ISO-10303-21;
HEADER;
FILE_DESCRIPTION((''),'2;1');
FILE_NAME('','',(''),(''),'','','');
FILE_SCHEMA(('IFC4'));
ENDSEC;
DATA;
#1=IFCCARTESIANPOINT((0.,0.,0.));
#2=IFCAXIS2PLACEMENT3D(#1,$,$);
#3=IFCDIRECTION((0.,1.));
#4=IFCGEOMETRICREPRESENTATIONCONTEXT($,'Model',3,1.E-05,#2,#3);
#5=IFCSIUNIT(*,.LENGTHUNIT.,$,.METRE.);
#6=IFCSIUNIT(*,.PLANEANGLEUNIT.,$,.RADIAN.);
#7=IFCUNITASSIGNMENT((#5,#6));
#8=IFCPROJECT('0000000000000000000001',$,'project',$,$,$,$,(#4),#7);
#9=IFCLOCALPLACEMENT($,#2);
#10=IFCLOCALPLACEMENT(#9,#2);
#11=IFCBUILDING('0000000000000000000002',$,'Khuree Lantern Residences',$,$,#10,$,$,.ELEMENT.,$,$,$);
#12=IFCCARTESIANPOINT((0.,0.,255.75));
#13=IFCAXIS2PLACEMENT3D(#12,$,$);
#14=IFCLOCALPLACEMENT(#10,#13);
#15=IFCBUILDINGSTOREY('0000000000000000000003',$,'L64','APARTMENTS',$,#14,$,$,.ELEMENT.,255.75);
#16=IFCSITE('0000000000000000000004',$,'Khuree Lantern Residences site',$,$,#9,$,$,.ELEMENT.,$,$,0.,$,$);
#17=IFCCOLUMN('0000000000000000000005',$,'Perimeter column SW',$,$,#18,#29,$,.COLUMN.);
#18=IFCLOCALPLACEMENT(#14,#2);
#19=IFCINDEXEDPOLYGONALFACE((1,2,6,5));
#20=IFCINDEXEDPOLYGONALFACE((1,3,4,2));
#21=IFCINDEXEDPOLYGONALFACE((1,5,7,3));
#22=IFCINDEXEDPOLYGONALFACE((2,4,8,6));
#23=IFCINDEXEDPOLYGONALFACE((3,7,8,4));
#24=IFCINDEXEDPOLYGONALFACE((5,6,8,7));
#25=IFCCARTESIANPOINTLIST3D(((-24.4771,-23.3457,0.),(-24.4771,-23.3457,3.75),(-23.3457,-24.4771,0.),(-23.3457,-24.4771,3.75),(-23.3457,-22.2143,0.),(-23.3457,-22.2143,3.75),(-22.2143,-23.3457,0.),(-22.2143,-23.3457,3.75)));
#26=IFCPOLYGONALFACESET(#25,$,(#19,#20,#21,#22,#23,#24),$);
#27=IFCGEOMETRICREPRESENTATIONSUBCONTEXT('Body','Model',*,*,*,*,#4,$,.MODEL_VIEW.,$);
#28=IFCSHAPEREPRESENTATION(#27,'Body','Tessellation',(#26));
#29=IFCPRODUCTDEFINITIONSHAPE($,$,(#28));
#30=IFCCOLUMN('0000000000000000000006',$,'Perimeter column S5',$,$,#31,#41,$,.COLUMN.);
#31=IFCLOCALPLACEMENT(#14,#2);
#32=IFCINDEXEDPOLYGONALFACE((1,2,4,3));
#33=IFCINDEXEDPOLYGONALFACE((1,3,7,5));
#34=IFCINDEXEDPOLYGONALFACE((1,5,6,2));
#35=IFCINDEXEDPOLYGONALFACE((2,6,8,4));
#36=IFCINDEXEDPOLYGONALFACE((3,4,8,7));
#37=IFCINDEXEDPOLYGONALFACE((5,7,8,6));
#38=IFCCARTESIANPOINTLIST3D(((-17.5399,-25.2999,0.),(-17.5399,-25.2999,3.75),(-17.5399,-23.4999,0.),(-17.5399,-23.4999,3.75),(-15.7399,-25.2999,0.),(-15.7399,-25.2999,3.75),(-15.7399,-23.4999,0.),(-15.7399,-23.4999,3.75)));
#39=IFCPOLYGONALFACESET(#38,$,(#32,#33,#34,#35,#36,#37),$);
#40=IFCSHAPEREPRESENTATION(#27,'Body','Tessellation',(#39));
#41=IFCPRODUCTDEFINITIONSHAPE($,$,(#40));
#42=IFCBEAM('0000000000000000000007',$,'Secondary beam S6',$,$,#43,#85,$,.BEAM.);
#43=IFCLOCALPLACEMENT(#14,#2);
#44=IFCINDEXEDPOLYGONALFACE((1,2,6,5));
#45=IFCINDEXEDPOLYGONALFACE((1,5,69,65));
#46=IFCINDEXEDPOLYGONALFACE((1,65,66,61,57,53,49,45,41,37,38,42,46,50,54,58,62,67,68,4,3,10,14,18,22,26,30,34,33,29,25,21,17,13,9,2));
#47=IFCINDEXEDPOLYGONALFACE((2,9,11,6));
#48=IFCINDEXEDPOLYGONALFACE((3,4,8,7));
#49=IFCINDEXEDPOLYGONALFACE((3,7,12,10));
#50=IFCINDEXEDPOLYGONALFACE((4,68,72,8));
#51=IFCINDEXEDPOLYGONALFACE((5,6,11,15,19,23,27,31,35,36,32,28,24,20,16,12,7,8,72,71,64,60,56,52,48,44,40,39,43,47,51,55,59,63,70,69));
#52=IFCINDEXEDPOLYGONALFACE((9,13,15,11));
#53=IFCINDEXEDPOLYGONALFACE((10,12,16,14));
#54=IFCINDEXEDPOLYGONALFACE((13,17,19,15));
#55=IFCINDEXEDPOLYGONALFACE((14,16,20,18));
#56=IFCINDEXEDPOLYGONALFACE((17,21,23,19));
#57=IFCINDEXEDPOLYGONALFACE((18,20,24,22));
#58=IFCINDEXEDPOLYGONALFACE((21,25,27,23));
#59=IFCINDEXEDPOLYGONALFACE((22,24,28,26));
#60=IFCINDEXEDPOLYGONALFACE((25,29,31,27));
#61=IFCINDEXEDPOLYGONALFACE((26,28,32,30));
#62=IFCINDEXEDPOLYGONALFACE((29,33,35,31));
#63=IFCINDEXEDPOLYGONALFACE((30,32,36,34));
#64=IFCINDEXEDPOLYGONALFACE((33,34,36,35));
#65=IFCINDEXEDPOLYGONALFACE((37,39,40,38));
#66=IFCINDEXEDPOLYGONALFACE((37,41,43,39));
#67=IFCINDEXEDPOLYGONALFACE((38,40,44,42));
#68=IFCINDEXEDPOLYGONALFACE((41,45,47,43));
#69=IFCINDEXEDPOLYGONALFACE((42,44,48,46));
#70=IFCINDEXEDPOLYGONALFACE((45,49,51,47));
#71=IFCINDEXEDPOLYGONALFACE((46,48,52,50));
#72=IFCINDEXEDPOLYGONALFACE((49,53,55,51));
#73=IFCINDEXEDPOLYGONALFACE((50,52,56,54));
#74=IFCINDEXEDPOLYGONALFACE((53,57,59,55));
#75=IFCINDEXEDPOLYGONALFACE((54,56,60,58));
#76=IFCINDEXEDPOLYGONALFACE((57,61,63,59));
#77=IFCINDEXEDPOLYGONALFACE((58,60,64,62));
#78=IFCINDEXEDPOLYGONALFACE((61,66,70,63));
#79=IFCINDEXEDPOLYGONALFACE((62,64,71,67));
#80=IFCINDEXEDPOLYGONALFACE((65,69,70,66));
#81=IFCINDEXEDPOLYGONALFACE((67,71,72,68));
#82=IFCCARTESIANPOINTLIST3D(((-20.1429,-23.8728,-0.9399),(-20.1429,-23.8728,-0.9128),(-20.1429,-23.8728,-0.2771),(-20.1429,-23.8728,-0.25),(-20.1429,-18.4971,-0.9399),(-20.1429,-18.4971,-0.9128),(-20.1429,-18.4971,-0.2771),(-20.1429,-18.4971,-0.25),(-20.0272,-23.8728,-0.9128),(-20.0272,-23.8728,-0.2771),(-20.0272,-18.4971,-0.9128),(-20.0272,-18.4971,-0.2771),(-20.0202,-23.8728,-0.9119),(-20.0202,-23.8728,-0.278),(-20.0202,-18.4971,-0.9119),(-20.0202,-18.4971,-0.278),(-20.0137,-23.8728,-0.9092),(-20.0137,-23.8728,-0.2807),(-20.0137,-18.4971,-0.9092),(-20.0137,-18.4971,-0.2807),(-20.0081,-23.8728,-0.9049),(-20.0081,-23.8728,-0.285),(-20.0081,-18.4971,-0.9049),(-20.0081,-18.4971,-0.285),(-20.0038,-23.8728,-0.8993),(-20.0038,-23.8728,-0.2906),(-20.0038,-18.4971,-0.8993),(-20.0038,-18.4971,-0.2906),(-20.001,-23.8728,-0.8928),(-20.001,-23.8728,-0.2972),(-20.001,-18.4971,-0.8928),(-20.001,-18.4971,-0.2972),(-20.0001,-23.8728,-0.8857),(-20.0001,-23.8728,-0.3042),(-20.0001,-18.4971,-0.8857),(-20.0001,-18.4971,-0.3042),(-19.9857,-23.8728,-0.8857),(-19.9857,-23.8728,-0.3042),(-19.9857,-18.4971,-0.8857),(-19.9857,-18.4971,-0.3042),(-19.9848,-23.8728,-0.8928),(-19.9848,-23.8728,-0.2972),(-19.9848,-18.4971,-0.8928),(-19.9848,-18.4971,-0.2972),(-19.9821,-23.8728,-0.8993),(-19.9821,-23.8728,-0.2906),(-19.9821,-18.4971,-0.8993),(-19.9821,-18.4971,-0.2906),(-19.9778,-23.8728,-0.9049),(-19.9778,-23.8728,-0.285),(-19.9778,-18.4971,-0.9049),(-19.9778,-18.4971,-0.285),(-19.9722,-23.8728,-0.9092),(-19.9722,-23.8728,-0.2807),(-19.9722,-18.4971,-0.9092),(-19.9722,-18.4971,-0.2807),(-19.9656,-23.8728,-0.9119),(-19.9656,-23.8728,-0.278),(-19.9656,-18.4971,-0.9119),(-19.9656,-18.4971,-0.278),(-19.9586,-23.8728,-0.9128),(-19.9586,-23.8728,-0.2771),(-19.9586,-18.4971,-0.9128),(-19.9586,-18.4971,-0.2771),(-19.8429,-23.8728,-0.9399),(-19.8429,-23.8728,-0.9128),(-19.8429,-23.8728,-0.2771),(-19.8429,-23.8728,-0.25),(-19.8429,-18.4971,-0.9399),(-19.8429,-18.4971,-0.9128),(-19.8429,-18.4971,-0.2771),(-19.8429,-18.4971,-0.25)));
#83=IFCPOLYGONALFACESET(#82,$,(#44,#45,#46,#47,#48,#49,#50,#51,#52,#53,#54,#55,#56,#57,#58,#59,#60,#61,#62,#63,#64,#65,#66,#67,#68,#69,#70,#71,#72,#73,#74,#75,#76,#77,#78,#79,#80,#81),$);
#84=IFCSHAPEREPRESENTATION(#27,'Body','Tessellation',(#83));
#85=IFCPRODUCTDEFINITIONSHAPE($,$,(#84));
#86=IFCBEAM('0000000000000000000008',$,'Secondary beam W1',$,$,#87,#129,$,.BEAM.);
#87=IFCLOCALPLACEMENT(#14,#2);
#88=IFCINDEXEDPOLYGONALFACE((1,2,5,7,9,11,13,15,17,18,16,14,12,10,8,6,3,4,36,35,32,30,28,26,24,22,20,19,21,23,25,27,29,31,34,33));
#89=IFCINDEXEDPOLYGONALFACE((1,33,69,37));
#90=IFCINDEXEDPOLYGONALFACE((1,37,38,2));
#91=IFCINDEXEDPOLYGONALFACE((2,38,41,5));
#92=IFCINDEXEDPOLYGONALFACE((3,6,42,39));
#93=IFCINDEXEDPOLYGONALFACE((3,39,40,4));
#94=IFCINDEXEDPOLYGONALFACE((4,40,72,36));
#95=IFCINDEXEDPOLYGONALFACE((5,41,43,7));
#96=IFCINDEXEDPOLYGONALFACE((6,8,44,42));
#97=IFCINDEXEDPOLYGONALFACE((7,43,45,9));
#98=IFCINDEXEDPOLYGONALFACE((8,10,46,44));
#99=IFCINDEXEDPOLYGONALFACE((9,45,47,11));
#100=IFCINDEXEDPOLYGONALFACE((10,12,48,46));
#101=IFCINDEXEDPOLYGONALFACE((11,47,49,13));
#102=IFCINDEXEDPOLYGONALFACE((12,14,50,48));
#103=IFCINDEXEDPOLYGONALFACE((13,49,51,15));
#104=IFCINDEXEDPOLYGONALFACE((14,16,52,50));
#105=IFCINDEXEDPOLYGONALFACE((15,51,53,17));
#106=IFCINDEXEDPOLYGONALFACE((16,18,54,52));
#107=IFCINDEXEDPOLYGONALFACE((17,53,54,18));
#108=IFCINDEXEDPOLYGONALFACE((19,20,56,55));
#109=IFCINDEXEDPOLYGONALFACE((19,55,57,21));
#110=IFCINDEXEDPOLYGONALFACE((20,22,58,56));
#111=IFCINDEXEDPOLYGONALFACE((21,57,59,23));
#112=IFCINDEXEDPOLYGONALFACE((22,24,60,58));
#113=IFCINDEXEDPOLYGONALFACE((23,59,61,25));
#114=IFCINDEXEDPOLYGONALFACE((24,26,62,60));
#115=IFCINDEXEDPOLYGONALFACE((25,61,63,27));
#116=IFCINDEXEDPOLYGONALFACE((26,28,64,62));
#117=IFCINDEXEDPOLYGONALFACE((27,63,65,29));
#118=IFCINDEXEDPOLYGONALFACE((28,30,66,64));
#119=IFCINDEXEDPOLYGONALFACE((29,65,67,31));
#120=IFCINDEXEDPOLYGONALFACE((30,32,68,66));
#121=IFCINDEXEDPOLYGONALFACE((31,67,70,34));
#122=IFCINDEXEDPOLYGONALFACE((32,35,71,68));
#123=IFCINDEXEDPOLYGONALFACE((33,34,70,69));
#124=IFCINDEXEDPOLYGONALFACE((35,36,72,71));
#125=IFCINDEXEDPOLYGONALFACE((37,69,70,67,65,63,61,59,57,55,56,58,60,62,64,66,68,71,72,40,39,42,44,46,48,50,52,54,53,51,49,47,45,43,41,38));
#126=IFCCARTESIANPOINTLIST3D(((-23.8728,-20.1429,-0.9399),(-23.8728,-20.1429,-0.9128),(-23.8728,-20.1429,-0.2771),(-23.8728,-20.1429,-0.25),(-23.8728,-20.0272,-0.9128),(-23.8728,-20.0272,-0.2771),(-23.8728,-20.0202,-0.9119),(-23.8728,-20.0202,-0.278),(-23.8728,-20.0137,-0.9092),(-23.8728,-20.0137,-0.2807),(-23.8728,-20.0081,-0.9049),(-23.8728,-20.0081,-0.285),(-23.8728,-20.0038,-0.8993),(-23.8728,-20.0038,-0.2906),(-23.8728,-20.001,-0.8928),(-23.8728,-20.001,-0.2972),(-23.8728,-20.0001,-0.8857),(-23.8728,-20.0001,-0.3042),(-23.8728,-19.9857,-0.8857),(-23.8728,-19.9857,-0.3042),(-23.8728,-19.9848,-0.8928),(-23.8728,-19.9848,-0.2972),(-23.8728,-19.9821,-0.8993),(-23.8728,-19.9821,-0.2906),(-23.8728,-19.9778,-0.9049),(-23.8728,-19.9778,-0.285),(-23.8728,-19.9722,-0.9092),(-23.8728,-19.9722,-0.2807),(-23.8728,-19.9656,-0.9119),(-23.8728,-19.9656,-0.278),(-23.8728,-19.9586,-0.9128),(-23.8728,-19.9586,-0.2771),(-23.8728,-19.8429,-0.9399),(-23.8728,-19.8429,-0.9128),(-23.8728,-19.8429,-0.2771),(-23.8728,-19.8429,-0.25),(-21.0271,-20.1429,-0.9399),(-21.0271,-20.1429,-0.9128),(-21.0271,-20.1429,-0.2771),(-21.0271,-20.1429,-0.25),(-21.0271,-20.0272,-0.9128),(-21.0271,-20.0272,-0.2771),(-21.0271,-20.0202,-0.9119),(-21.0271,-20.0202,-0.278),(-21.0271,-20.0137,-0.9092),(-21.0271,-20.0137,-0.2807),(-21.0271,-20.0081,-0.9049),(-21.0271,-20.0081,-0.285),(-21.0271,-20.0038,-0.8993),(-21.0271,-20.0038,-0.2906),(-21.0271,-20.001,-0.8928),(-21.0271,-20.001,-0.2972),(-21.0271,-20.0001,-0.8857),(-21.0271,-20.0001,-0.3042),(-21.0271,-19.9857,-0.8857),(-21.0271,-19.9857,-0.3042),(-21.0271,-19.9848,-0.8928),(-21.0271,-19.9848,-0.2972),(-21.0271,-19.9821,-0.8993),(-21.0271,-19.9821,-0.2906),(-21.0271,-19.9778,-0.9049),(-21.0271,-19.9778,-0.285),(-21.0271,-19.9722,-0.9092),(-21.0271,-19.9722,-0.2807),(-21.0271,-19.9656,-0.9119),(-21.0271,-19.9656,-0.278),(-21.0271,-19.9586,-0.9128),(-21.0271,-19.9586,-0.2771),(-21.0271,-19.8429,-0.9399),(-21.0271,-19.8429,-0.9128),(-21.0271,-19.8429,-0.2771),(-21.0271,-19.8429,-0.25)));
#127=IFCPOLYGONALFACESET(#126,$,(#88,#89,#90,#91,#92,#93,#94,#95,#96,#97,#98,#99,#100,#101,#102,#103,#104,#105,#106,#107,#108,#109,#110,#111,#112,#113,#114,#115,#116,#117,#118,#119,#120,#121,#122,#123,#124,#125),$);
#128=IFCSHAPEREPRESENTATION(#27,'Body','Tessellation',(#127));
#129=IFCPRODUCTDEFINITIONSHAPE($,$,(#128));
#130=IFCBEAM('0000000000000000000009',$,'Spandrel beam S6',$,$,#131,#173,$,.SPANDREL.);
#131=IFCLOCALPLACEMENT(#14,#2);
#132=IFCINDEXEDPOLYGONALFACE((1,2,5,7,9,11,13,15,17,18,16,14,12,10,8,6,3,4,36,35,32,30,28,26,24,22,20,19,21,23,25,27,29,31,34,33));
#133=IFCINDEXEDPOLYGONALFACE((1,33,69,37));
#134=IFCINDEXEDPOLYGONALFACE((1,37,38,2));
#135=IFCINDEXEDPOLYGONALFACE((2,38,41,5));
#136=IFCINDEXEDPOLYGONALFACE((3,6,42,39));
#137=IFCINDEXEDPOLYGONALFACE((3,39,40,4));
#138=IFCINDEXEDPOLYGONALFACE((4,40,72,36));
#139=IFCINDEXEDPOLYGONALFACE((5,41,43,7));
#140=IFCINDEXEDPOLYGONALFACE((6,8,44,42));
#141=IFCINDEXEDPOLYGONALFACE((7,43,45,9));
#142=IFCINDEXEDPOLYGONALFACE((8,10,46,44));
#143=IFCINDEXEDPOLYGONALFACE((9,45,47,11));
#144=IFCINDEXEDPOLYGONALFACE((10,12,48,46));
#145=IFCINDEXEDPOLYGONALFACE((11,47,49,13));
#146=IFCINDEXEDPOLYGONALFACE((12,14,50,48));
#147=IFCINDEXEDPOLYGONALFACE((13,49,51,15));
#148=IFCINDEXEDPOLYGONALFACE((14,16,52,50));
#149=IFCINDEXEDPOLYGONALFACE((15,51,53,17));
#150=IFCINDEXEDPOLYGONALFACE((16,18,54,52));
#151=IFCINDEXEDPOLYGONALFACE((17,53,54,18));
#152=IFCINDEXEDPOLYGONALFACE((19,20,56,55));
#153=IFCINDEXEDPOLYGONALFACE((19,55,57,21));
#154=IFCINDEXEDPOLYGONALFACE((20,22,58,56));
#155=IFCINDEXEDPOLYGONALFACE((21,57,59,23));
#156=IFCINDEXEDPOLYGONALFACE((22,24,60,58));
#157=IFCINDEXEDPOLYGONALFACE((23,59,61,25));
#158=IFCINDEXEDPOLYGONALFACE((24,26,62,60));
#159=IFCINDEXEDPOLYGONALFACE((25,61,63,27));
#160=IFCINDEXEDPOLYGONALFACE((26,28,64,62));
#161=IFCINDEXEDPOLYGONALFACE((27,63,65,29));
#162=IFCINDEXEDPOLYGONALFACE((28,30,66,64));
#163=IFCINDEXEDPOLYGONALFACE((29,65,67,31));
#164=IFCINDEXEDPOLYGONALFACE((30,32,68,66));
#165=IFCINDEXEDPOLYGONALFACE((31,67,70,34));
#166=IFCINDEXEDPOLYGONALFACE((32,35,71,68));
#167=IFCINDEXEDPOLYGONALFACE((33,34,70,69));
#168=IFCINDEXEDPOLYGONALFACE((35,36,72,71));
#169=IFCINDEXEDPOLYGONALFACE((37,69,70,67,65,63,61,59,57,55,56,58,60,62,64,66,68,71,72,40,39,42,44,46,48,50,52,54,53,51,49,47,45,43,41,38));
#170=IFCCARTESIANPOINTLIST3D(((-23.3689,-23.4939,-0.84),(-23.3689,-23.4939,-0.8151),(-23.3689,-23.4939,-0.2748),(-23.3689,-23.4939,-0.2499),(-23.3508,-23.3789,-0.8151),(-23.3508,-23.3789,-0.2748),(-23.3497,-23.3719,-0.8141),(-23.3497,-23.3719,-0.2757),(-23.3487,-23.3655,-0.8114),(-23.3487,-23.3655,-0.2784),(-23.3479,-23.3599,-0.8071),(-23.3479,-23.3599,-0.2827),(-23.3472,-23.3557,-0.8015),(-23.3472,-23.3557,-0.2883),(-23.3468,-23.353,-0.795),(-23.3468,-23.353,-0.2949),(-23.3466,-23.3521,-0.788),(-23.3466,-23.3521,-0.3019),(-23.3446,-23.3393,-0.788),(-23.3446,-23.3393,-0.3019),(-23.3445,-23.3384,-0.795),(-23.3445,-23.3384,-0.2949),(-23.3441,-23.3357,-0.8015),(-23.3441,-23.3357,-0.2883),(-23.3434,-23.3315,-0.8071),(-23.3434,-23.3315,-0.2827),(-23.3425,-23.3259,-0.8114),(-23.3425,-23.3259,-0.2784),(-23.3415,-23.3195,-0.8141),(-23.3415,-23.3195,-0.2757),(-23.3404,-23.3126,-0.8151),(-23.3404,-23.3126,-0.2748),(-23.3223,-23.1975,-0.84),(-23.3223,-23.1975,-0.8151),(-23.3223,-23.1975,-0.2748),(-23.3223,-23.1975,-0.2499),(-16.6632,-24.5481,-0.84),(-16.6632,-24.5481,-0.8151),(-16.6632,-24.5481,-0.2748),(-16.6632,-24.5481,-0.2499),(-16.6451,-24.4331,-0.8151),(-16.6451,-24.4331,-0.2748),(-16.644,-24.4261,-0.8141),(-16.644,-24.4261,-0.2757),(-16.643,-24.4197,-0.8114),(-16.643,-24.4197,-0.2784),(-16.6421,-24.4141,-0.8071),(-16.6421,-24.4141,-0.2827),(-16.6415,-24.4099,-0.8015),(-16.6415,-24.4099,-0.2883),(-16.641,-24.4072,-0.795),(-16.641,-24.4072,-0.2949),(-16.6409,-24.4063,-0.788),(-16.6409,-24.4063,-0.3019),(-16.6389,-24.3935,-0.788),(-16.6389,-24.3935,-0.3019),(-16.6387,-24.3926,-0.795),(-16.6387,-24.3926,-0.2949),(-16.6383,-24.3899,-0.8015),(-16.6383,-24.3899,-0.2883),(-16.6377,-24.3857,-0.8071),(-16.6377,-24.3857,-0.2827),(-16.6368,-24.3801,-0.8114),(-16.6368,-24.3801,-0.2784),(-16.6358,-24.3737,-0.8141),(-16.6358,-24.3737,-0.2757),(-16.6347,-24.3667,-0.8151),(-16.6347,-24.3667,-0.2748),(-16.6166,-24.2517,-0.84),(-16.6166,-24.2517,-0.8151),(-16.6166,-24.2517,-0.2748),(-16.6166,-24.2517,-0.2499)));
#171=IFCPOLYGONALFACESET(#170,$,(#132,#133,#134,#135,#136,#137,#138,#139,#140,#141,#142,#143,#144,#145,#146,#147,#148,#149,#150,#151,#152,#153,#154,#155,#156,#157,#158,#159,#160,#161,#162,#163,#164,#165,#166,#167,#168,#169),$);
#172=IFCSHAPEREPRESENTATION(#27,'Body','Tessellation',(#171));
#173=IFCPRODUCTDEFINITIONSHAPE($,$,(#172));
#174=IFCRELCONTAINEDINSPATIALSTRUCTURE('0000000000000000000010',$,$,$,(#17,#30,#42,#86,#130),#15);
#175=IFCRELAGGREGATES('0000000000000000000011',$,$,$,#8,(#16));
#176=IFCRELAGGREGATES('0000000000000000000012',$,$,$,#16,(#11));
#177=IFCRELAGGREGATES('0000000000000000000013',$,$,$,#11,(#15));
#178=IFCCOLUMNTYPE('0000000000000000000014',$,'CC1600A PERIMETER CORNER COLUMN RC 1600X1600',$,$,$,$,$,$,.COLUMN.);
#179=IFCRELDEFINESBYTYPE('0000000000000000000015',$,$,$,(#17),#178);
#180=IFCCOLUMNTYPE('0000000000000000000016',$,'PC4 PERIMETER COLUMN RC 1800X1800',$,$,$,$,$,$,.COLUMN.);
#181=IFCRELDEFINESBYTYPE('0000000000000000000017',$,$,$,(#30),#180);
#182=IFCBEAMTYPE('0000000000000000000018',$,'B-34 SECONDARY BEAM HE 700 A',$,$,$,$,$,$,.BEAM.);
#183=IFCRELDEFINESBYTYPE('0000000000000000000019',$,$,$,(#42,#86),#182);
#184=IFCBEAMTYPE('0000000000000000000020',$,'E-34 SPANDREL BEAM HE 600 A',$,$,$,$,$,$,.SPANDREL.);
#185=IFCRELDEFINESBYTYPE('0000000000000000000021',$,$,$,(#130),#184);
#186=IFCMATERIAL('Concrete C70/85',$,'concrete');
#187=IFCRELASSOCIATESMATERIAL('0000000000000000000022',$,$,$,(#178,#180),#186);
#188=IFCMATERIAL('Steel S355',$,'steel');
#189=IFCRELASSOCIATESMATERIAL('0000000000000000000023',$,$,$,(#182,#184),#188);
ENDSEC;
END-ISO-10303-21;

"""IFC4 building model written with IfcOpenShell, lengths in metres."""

from ifc_helpers import new_model, si_unit, direction, frame, origin, origin_2d, place, context, subcontext, project, spatial, rectangle, i_section, extrude, material, material_profile, profile_set, type_object, element, save


model = new_model("IFC4")

# Units and contexts
model_context = context("Model", 3, precision=1e-05, world=origin(), true_north=direction((0.0, 1.0)))
body_context = subcontext(model_context, "Body", "Model", "MODEL_VIEW")
ifc_project = project(units=[si_unit("LENGTHUNIT", "METRE"), si_unit("PLANEANGLEUNIT", "RADIAN")], contexts=[model_context])

# Site, building, storey
site_placement = place(None, origin())
site = spatial("IfcSite", under=ifc_project, at=site_placement, Name="Khuree Lantern Residences site", CompositionType="ELEMENT", RefElevation=0.0)
building_placement = place(site_placement, origin())
building = spatial("IfcBuilding", under=site, at=building_placement, Name="Khuree Lantern Residences", CompositionType="ELEMENT")
storey_placement = place(building_placement, frame((0.0, 0.0, 255.75)))
storey = spatial("IfcBuildingStorey", under=building, at=storey_placement, Name="L64", Description="APARTMENTS", CompositionType="ELEMENT", Elevation=255.75)

# Columns
ifc_material_1 = material(Name="Concrete C70/85", Category="concrete")
ifc_material_profile_1 = material_profile(ifc_material_1, rectangle(XDim=1.6001, YDim=1.6001, at=origin_2d()), Name="RC 1600X1600")
ifc_profile_set_1 = profile_set([ifc_material_profile_1], Name="Concrete C70/85")
column_type_1 = type_object("IfcColumnType", Name="CC1600A PERIMETER CORNER COLUMN RC 1600X1600", PredefinedType="COLUMN", material=ifc_profile_set_1)
column_1_placement = place(storey_placement, frame((-23.3457, -23.3457, 0.0), z_axis=(0.0, 0.0, 1.0), x_axis=(0.707107, -0.707107, 0.0)))
element("IfcColumn", 1, at=column_1_placement, inside=storey, type_object=column_type_1, Name="Perimeter column SW", PredefinedType="COLUMN", context=body_context, shape_type="SweptSolid", body=[
    extrude(rectangle(XDim=1.6001, YDim=1.6001, at=origin_2d()), origin(), (0.0, 0.0, 1.0), 3.75),
])
ifc_material_profile_2 = material_profile(ifc_material_1, rectangle(XDim=1.8, YDim=1.8, at=origin_2d()), Name="RC 1800X1800")
ifc_profile_set_2 = profile_set([ifc_material_profile_2], Name="Concrete C70/85")
column_type_2 = type_object("IfcColumnType", Name="PC4 PERIMETER COLUMN RC 1800X1800", PredefinedType="COLUMN", material=ifc_profile_set_2)
column_2_placement = place(storey_placement, frame((-16.6399, -24.3999, 0.0), z_axis=(0.0, 0.0, 1.0), x_axis=(1.0, 0.0, 0.0)))
element("IfcColumn", 2, at=column_2_placement, inside=storey, type_object=column_type_2, Name="Perimeter column S5", PredefinedType="COLUMN", context=body_context, shape_type="SweptSolid", body=[
    extrude(rectangle(XDim=1.8, YDim=1.8, at=origin_2d()), origin(), (0.0, 0.0, 1.0), 3.75),
])

# Beams
ifc_material_2 = material(Name="Steel S355", Category="steel")
ifc_material_profile_3 = material_profile(ifc_material_2, i_section(OverallWidth=0.3, OverallDepth=0.6899, WebThickness=0.0144, FlangeThickness=0.0271, FilletRadius=0.0271, at=origin_2d()), Name="HE 700 A")
ifc_profile_set_3 = profile_set([ifc_material_profile_3], Name="Steel S355")
beam_type_1 = type_object("IfcBeamType", Name="B-34 SECONDARY BEAM HE 700 A", PredefinedType="BEAM", material=ifc_profile_set_3)
beam_1_placement = place(storey_placement, frame((-19.9929, -23.8728, -0.595), z_axis=(0.0, 1.0, 0.0), x_axis=(-1.0, 0.0, 0.0)))
element("IfcBeam", 3, at=beam_1_placement, inside=storey, type_object=beam_type_1, Name="Secondary beam S6", PredefinedType="BEAM", context=body_context, shape_type="SweptSolid", body=[
    extrude(i_section(OverallWidth=0.3, OverallDepth=0.6899, WebThickness=0.0144, FlangeThickness=0.0271, FilletRadius=0.0271, at=origin_2d()), origin(), (0.0, 0.0, 1.0), 5.3757),
])
beam_2_placement = place(storey_placement, frame((-23.8728, -19.9929, -0.595), z_axis=(1.0, 0.0, 0.0), x_axis=(0.0, 1.0, 0.0)))
element("IfcBeam", 4, at=beam_2_placement, inside=storey, type_object=beam_type_1, Name="Secondary beam W1", PredefinedType="BEAM", context=body_context, shape_type="SweptSolid", body=[
    extrude(i_section(OverallWidth=0.3, OverallDepth=0.6899, WebThickness=0.0144, FlangeThickness=0.0271, FilletRadius=0.0271, at=origin_2d()), origin(), (0.0, 0.0, 1.0), 2.8457),
])
ifc_material_profile_4 = material_profile(ifc_material_2, i_section(OverallWidth=0.3, OverallDepth=0.5901, WebThickness=0.0129, FlangeThickness=0.0249, FilletRadius=0.0271, at=origin_2d()), Name="HE 600 A")
ifc_profile_set_4 = profile_set([ifc_material_profile_4], Name="Steel S355")
beam_type_2 = type_object("IfcBeamType", Name="E-34 SPANDREL BEAM HE 600 A", PredefinedType="SPANDREL", material=ifc_profile_set_4)
for number, where, z_axis, x_axis, name in (
    (5, (-16.6399, -24.3999, -0.5449), (-0.987867, 0.1553, 0.0), (-0.1553, -0.987867, 0.0), "Spandrel beam S6"),
):
    element("IfcBeam", number, at=place(storey_placement, frame(where, z_axis=z_axis, x_axis=x_axis)), inside=storey, type_object=beam_type_2, Name=name, PredefinedType="SPANDREL", context=body_context, shape_type="SweptSolid", body=[
        extrude(i_section(OverallWidth=0.3, OverallDepth=0.5901, WebThickness=0.0129, FlangeThickness=0.0249, FilletRadius=0.0271, at=origin_2d()), origin(), (0.0, 0.0, 1.0), 6.7881),
    ])

save(model, "model.ifc")
